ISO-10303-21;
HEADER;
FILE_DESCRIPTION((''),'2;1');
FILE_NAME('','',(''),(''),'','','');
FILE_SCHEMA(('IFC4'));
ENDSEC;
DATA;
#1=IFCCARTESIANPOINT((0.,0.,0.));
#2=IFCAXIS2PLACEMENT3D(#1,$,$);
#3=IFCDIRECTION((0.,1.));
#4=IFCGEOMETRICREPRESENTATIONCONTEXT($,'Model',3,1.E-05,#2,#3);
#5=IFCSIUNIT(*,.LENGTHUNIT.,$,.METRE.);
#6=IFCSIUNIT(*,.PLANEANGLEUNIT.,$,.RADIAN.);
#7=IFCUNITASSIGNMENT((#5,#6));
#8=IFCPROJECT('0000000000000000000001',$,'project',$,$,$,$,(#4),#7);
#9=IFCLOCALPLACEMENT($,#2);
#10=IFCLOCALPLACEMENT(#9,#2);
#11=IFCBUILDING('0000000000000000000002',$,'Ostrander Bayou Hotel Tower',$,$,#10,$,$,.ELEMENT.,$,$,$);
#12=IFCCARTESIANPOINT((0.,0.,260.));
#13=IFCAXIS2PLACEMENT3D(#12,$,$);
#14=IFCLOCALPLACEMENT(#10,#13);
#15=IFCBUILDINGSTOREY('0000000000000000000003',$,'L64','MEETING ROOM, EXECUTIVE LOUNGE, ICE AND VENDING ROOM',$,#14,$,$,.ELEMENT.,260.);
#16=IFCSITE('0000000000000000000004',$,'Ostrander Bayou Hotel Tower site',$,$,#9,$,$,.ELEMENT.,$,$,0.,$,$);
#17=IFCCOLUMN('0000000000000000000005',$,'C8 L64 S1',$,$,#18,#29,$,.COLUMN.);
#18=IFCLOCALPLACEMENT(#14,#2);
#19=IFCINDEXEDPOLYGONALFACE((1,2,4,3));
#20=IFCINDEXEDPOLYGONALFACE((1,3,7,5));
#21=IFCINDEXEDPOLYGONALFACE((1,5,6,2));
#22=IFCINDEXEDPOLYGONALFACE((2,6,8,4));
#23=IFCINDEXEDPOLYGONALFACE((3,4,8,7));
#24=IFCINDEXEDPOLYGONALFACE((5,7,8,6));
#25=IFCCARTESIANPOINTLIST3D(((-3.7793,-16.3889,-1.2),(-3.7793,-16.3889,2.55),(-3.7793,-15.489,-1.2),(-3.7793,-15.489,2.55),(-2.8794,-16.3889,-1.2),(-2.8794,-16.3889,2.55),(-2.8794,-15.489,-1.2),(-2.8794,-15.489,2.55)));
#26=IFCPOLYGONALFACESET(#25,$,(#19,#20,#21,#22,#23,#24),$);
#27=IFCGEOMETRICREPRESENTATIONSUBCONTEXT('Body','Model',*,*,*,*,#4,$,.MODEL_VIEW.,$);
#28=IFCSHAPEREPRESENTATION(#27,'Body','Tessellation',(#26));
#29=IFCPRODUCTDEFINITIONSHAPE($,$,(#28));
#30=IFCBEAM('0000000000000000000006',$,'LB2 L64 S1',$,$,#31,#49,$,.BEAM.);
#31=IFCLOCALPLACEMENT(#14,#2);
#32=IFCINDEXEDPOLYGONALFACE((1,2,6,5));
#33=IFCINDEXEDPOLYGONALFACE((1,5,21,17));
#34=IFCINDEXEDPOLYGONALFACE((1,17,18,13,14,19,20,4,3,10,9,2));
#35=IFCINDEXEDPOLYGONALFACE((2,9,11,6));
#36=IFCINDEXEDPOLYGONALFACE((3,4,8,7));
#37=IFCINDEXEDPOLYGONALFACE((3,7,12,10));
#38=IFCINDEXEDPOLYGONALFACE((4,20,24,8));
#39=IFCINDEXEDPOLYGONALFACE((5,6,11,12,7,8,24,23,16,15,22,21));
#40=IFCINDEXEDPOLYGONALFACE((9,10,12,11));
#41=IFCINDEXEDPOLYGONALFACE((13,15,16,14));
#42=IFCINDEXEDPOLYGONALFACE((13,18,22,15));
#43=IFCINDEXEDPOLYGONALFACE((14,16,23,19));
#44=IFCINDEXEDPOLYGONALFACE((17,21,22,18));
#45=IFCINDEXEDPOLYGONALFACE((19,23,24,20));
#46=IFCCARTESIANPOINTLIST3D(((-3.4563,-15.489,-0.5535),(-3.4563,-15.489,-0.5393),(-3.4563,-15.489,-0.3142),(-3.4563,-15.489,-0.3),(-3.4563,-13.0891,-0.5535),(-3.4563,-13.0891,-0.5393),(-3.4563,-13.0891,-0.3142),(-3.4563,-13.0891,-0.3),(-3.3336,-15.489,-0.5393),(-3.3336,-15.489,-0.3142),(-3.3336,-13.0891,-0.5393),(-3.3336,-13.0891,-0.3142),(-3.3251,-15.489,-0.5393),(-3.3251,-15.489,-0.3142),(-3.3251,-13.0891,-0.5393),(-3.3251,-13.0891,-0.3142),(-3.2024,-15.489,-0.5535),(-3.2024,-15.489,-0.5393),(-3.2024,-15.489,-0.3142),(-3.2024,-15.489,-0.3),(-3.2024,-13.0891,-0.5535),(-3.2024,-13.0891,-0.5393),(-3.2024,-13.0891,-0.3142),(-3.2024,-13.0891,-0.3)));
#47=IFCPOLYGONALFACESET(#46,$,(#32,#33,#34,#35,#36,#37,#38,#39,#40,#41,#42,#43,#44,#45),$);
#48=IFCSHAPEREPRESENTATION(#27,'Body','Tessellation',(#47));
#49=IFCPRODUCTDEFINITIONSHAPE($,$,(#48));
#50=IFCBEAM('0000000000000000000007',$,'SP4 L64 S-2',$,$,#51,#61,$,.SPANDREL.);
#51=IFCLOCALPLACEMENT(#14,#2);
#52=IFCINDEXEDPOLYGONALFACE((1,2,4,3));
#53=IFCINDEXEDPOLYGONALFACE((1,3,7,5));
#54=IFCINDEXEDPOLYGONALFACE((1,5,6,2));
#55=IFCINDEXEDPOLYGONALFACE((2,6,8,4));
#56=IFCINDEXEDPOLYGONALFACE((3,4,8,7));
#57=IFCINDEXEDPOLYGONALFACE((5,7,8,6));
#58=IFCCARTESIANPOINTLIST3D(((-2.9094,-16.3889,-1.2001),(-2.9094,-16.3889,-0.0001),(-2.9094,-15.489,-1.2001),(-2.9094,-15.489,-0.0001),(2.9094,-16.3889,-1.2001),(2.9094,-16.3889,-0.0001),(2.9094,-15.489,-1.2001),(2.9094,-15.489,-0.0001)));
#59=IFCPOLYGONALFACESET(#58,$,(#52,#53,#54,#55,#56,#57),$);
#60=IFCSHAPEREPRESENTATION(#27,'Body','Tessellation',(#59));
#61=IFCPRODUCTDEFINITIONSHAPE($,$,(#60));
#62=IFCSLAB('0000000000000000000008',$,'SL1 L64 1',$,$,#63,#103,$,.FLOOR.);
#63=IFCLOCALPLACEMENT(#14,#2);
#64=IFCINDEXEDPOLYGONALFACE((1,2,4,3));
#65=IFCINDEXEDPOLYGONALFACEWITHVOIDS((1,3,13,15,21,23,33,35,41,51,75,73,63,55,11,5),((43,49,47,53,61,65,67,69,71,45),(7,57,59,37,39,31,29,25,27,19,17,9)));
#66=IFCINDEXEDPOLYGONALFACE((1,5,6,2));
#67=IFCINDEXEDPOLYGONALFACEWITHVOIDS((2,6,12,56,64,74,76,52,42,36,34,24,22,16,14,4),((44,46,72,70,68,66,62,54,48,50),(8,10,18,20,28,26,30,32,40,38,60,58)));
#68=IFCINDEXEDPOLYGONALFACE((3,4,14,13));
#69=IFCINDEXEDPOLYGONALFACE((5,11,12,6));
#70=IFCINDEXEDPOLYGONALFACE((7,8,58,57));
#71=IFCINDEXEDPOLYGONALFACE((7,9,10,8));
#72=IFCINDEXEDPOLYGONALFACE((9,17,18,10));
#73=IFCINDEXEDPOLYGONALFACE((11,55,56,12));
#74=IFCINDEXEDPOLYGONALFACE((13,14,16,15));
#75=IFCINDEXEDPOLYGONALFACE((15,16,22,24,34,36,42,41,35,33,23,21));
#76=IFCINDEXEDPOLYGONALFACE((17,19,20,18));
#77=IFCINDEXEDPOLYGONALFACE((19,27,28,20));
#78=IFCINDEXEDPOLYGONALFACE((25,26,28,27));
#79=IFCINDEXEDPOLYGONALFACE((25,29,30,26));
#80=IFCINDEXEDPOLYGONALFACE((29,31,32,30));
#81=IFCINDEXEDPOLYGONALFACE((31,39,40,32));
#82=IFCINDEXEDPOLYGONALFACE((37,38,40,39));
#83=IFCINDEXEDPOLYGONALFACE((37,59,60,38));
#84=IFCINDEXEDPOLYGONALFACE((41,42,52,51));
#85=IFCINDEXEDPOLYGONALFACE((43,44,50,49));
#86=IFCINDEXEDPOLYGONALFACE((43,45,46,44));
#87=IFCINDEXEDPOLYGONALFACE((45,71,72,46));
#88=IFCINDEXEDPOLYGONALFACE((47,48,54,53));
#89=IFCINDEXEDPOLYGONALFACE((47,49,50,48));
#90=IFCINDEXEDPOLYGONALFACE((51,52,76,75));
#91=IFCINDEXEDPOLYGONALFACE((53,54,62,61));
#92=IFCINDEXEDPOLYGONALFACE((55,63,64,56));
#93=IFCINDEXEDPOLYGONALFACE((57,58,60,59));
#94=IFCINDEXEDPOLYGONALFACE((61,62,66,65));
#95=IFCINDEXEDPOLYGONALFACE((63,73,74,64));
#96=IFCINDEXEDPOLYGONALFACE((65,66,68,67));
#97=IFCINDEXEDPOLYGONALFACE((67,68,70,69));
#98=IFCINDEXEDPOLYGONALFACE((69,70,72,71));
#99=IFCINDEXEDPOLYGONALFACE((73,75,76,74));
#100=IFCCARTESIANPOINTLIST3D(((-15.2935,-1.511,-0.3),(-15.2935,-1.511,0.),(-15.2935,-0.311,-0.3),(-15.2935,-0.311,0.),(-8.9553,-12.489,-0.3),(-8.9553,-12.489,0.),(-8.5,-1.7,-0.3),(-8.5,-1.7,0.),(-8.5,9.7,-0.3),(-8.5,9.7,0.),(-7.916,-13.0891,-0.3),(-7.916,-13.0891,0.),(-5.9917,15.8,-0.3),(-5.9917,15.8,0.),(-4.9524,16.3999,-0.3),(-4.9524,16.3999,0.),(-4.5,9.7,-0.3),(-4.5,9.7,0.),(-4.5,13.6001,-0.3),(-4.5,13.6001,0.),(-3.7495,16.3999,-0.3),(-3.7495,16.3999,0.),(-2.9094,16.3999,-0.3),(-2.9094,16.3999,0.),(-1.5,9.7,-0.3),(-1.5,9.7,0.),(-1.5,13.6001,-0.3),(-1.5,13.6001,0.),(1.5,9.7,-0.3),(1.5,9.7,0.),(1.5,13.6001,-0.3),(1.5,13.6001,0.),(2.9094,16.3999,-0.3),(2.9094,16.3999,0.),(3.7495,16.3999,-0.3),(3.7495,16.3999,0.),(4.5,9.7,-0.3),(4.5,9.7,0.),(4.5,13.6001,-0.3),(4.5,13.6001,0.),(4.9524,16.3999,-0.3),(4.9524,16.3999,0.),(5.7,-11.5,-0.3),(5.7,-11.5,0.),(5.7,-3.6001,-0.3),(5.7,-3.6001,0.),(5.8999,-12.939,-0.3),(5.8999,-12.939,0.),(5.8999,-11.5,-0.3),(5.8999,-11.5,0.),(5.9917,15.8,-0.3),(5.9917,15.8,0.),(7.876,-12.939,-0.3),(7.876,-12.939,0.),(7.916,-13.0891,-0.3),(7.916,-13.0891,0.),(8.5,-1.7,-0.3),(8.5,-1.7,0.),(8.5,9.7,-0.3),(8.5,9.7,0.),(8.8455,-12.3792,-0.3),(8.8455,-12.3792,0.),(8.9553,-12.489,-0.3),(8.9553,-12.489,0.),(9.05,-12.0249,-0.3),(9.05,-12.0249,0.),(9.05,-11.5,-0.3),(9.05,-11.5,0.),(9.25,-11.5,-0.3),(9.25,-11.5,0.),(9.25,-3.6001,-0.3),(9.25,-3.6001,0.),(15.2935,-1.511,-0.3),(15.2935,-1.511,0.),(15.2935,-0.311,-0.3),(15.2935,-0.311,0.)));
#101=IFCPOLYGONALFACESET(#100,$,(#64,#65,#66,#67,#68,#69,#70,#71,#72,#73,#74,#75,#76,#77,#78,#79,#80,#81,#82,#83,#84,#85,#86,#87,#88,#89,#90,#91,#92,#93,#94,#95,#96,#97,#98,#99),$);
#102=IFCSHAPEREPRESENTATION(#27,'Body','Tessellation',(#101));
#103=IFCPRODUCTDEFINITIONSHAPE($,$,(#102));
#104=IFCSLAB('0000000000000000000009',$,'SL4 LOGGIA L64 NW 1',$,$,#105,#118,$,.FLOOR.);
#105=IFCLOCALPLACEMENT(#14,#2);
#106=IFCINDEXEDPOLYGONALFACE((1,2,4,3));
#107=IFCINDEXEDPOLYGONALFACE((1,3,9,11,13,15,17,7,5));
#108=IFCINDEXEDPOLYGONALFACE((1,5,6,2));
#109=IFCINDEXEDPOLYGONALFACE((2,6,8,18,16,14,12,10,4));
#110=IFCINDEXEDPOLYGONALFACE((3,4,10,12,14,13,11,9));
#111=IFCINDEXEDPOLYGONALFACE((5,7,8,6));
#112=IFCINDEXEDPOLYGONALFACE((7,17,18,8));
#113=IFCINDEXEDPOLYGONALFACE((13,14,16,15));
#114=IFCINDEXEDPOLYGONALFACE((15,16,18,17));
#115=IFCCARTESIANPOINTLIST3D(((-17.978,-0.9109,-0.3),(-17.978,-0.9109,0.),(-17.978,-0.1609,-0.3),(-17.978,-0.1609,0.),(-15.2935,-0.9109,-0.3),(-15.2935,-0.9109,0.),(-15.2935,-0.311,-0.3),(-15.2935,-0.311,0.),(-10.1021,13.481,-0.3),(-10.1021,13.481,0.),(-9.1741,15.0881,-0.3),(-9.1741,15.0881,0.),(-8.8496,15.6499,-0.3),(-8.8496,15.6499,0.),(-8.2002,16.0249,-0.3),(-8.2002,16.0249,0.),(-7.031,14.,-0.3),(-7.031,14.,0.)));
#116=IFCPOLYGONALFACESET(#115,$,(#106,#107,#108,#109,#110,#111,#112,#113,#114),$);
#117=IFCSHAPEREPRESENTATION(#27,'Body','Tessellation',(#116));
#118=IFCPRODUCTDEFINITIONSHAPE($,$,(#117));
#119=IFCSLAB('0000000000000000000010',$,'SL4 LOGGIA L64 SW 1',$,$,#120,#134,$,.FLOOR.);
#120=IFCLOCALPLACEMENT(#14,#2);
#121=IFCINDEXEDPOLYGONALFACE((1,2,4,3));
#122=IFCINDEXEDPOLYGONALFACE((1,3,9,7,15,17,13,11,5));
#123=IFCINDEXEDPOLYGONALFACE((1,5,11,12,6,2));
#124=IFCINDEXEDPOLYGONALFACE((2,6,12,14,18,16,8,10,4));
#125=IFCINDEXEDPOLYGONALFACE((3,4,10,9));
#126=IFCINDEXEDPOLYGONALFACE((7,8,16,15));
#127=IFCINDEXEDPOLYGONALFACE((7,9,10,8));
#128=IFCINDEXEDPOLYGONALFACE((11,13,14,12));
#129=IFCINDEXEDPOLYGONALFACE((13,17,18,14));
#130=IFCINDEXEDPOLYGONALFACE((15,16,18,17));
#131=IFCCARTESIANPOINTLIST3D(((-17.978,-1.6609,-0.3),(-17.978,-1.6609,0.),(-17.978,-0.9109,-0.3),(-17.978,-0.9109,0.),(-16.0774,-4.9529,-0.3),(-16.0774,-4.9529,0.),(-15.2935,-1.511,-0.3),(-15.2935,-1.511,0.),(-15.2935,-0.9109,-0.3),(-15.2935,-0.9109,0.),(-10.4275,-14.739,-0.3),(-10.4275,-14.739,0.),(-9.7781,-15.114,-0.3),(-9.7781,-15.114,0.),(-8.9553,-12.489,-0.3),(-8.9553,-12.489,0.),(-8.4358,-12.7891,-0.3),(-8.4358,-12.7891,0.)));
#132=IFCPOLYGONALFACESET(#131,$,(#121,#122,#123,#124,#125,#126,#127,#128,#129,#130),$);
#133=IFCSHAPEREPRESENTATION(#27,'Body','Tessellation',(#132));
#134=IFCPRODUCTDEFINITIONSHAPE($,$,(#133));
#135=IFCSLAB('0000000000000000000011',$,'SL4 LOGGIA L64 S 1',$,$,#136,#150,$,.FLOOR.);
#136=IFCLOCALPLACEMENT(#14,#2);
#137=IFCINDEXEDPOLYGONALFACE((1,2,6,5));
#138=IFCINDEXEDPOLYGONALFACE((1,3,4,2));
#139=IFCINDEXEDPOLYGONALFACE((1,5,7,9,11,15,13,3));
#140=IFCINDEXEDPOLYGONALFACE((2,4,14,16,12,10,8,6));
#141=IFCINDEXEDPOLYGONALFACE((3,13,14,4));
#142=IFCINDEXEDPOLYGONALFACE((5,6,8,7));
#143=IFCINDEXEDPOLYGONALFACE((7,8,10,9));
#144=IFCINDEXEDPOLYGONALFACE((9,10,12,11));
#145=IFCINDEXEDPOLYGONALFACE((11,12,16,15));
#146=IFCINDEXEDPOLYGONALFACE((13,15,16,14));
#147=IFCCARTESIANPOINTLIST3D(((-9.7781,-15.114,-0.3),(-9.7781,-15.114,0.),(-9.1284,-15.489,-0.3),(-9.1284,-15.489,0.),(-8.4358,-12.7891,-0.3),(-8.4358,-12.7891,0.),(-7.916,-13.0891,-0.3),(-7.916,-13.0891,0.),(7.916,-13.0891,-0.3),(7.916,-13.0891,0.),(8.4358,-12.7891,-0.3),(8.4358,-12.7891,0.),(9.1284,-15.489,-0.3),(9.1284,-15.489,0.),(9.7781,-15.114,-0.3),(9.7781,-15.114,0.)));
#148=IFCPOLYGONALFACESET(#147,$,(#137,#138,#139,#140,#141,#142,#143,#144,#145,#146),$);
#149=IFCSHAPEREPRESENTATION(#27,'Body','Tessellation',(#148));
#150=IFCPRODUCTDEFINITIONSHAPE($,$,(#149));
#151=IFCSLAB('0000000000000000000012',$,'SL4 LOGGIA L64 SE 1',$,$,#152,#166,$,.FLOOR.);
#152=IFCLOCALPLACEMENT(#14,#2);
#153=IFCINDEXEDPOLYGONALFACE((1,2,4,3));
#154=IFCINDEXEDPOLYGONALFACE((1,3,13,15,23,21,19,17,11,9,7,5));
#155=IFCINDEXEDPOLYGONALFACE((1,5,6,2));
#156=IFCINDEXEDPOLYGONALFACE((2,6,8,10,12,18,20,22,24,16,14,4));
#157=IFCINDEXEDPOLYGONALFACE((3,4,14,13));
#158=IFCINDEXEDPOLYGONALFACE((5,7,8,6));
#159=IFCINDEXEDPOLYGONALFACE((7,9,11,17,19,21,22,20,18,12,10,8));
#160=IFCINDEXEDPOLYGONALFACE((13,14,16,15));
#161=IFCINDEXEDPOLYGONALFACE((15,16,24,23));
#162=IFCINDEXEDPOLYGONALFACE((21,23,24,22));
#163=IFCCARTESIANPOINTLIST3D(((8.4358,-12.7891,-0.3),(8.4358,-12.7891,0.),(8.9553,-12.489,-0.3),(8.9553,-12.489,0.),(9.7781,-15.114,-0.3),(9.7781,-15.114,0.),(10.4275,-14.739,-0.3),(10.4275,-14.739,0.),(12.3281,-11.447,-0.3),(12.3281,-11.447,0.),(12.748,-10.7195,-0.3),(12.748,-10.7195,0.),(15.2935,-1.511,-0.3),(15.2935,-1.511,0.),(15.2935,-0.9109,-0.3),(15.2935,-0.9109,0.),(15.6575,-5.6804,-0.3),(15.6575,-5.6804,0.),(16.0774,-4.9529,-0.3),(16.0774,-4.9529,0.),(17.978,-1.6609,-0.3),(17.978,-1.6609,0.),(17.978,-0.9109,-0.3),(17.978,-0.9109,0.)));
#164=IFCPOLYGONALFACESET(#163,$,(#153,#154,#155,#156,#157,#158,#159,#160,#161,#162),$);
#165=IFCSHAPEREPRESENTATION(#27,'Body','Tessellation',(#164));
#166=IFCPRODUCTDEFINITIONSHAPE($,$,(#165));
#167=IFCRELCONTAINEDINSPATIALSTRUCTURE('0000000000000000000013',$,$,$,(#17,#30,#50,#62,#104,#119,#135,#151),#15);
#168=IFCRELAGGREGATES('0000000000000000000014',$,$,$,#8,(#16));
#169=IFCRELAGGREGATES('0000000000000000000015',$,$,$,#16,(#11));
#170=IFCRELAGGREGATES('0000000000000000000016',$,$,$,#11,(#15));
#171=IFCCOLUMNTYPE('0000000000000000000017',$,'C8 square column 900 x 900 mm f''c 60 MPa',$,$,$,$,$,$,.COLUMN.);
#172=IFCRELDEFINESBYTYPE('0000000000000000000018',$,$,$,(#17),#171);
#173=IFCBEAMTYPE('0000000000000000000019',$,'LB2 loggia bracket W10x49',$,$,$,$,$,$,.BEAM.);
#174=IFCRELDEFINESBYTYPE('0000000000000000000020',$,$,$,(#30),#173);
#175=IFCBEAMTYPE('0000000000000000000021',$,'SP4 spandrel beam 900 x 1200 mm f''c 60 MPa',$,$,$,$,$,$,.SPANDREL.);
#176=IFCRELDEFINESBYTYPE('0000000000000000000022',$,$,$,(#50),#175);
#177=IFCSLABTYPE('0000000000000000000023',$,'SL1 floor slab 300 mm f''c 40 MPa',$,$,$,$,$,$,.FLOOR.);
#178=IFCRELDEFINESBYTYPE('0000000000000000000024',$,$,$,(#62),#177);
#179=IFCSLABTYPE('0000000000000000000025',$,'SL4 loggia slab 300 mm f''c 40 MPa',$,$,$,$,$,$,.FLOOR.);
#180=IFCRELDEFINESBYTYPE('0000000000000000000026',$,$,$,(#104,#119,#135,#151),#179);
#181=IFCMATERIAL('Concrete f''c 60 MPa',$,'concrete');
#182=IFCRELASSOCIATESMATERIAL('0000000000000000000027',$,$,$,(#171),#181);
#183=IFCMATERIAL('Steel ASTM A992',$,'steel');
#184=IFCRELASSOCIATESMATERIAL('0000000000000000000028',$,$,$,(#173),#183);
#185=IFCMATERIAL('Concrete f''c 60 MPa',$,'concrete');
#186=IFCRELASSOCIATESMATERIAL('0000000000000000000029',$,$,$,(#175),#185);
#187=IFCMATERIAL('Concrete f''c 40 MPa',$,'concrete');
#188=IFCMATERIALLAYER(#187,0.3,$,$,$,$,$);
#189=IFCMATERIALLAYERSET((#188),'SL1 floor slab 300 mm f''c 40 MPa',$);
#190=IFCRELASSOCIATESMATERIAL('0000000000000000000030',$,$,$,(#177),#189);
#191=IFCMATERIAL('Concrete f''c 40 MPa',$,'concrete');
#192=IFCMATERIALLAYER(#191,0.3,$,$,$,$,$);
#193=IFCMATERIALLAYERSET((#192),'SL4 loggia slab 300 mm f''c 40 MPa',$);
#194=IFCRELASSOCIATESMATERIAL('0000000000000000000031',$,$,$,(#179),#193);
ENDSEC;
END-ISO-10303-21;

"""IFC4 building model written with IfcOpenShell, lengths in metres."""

from ifc_helpers import new_model, si_unit, direction, frame, origin, origin_2d, place, context, subcontext, project, spatial, polyline, rectangle, i_section, outline, extrude, material, layer, layer_set, material_profile, profile_set, type_object, element, save


model = new_model("IFC4")

# Units and contexts
model_context = context("Model", 3, precision=1e-05, world=origin(), true_north=direction((0.0, 1.0)))
body_context = subcontext(model_context, "Body", "Model", "MODEL_VIEW")
ifc_project = project(units=[si_unit("LENGTHUNIT", "METRE"), si_unit("PLANEANGLEUNIT", "RADIAN")], contexts=[model_context])

# Site, building, storey
site_placement = place(None, origin())
site = spatial("IfcSite", under=ifc_project, at=site_placement, Name="Ostrander Bayou Hotel Tower site", CompositionType="ELEMENT", RefElevation=0.0)
building_placement = place(site_placement, origin())
building = spatial("IfcBuilding", under=site, at=building_placement, Name="Ostrander Bayou Hotel Tower", CompositionType="ELEMENT")
storey_placement = place(building_placement, frame((0.0, 0.0, 260.0)))
storey = spatial("IfcBuildingStorey", under=building, at=storey_placement, Name="L64", Description="MEETING ROOM, EXECUTIVE LOUNGE, ICE AND VENDING ROOM", CompositionType="ELEMENT", Elevation=260.0)

# Column
ifc_material_1 = material(Name="Concrete f'c 60 MPa", Category="concrete")
ifc_material_profile_1 = material_profile(ifc_material_1, rectangle(XDim=0.8999, YDim=0.8999, at=origin_2d()))
ifc_profile_set_1 = profile_set([ifc_material_profile_1], Name="Concrete f'c 60 MPa")
column_type = type_object("IfcColumnType", Name="C8 square column 900 x 900 mm f'c 60 MPa", PredefinedType="COLUMN", material=ifc_profile_set_1)
column_placement = place(storey_placement, frame((-3.3293, -15.939, -1.2), z_axis=(0.0, 0.0, 1.0), x_axis=(-1.0, 0.0, 0.0)))
element("IfcColumn", 1, at=column_placement, inside=storey, type_object=column_type, Name="C8 L64 S1", PredefinedType="COLUMN", context=body_context, shape_type="SweptSolid", body=[
    extrude(rectangle(XDim=0.8999, YDim=0.8999, at=origin_2d()), origin(), (0.0, 0.0, 1.0), 3.75),
])

# Beams
ifc_material_2 = material(Name="Steel ASTM A992", Category="steel")
ifc_material_profile_2 = material_profile(ifc_material_2, i_section(OverallWidth=0.2539, OverallDepth=0.2534, WebThickness=0.0085, FlangeThickness=0.0142, at=origin_2d()))
ifc_profile_set_2 = profile_set([ifc_material_profile_2], Name="Steel ASTM A992")
beam_type_1 = type_object("IfcBeamType", Name="LB2 loggia bracket W10x49", PredefinedType="BEAM", material=ifc_profile_set_2)
beam_1_placement = place(storey_placement, frame((-3.3293, -15.489, -0.4268), z_axis=(0.0, 1.0, 0.0), x_axis=(-1.0, 0.0, 0.0)))
element("IfcBeam", 2, at=beam_1_placement, inside=storey, type_object=beam_type_1, Name="LB2 L64 S1", PredefinedType="BEAM", context=body_context, shape_type="SweptSolid", body=[
    extrude(i_section(OverallWidth=0.2539, OverallDepth=0.2534, WebThickness=0.0085, FlangeThickness=0.0142, at=origin_2d()), origin(), (0.0, 0.0, 1.0), 2.3999),
])
ifc_material_3 = material(Name="Concrete f'c 60 MPa", Category="concrete")
ifc_material_profile_3 = material_profile(ifc_material_3, rectangle(XDim=0.8999, YDim=1.2, at=origin_2d()))
ifc_profile_set_3 = profile_set([ifc_material_profile_3], Name="Concrete f'c 60 MPa")
beam_type_2 = type_object("IfcBeamType", Name="SP4 spandrel beam 900 x 1200 mm f'c 60 MPa", PredefinedType="SPANDREL", material=ifc_profile_set_3)
beam_2_placement = place(storey_placement, frame((-2.9094, -15.939, -0.6001), z_axis=(1.0, 0.0, 0.0), x_axis=(0.0, 1.0, 0.0)))
element("IfcBeam", 3, at=beam_2_placement, inside=storey, type_object=beam_type_2, Name="SP4 L64 S-2", PredefinedType="SPANDREL", context=body_context, shape_type="SweptSolid", body=[
    extrude(rectangle(XDim=0.8999, YDim=1.2, at=origin_2d()), origin(), (0.0, 0.0, 1.0), 5.8188),
])

# Slabs
ifc_material_4 = material(Name="Concrete f'c 40 MPa", Category="concrete")
ifc_layer_1 = layer(ifc_material_4, 0.3)
ifc_layer_set_1 = layer_set([ifc_layer_1], Name="SL1 floor slab 300 mm f'c 40 MPa")
slab_type_1 = type_object("IfcSlabType", Name="SL1 floor slab 300 mm f'c 40 MPa", PredefinedType="FLOOR", material=ifc_layer_set_1)
slab_1_placement = place(storey_placement, frame((0.0, 0.0, -0.3)))
element("IfcSlab", 4, at=slab_1_placement, inside=storey, type_object=slab_type_1, Name="SL1 L64 1", PredefinedType="FLOOR", context=body_context, shape_type="SweptSolid", body=[
    extrude(outline(polyline([(-2.9094, 16.3999), (2.9094, 16.3999), (3.7495, 16.3999), (4.9524, 16.3999), (5.9917, 15.8), (15.2935, -0.311), (15.2935, -1.511), (8.9553, -12.489), (7.916, -13.0891), (-7.916, -13.0891), (-8.9553, -12.489), (-15.2935, -1.511), (-15.2935, -0.311), (-5.9917, 15.8), (-4.9524, 16.3999), (-3.7495, 16.3999), (-2.9094, 16.3999)]), holes=[polyline([(9.05, -12.0249), (9.05, -11.5), (9.25, -11.5), (9.25, -3.6001), (5.7, -3.6001), (5.7, -11.5), (5.8999, -11.5), (5.8999, -12.939), (7.876, -12.939), (8.8455, -12.3792), (9.05, -12.0249)]), polyline([(-8.5, -1.7), (8.5, -1.7), (8.5, 9.7), (4.5, 9.7), (4.5, 13.6001), (1.5, 13.6001), (1.5, 9.7), (-1.5, 9.7), (-1.5, 13.6001), (-4.5, 13.6001), (-4.5, 9.7), (-8.5, 9.7), (-8.5, -1.7)])]), origin(), (0.0, 0.0, 1.0), 0.3),
])
ifc_material_5 = material(Name="Concrete f'c 40 MPa", Category="concrete")
ifc_layer_2 = layer(ifc_material_5, 0.3)
ifc_layer_set_2 = layer_set([ifc_layer_2], Name="SL4 loggia slab 300 mm f'c 40 MPa")
slab_type_2 = type_object("IfcSlabType", Name="SL4 loggia slab 300 mm f'c 40 MPa", PredefinedType="FLOOR", material=ifc_layer_set_2)
slab_2_placement = place(storey_placement, frame((0.0, 0.0, -0.3)))
element("IfcSlab", 5, at=slab_2_placement, inside=storey, type_object=slab_type_2, Name="SL4 LOGGIA L64 NW 1", PredefinedType="FLOOR", context=body_context, shape_type="SweptSolid", body=[
    extrude(outline(polyline([(-17.978, -0.9109), (-17.978, -0.1609), (-10.1021, 13.481), (-9.1741, 15.0881), (-8.8496, 15.6499), (-8.2002, 16.0249), (-7.031, 14.0), (-15.2935, -0.311), (-15.2935, -0.9109), (-17.978, -0.9109)])), origin(), (0.0, 0.0, 1.0), 0.3),
])
slab_3_placement = place(storey_placement, frame((0.0, 0.0, -0.3)))
element("IfcSlab", 6, at=slab_3_placement, inside=storey, type_object=slab_type_2, Name="SL4 LOGGIA L64 SW 1", PredefinedType="FLOOR", context=body_context, shape_type="SweptSolid", body=[
    extrude(outline(polyline([(-8.4358, -12.7891), (-9.7781, -15.114), (-10.4275, -14.739), (-16.0774, -4.9529), (-17.978, -1.6609), (-17.978, -0.9109), (-15.2935, -0.9109), (-15.2935, -1.511), (-8.9553, -12.489), (-8.4358, -12.7891)])), origin(), (0.0, 0.0, 1.0), 0.3),
])
slab_4_placement = place(storey_placement, frame((0.0, 0.0, -0.3)))
element("IfcSlab", 7, at=slab_4_placement, inside=storey, type_object=slab_type_2, Name="SL4 LOGGIA L64 S 1", PredefinedType="FLOOR", context=body_context, shape_type="SweptSolid", body=[
    extrude(outline(polyline([(8.4358, -12.7891), (9.7781, -15.114), (9.1284, -15.489), (-9.1284, -15.489), (-9.7781, -15.114), (-8.4358, -12.7891), (-7.916, -13.0891), (7.916, -13.0891), (8.4358, -12.7891)])), origin(), (0.0, 0.0, 1.0), 0.3),
])
slab_5_placement = place(storey_placement, frame((0.0, 0.0, -0.3)))
element("IfcSlab", 8, at=slab_5_placement, inside=storey, type_object=slab_type_2, Name="SL4 LOGGIA L64 SE 1", PredefinedType="FLOOR", context=body_context, shape_type="SweptSolid", body=[
    extrude(outline(polyline([(15.2935, -0.9109), (17.978, -0.9109), (17.978, -1.6609), (16.0774, -4.9529), (15.6575, -5.6804), (12.748, -10.7195), (12.3281, -11.447), (10.4275, -14.739), (9.7781, -15.114), (8.4358, -12.7891), (8.9553, -12.489), (15.2935, -1.511), (15.2935, -0.9109)])), origin(), (0.0, 0.0, 1.0), 0.3),
])

save(model, "model.ifc")
